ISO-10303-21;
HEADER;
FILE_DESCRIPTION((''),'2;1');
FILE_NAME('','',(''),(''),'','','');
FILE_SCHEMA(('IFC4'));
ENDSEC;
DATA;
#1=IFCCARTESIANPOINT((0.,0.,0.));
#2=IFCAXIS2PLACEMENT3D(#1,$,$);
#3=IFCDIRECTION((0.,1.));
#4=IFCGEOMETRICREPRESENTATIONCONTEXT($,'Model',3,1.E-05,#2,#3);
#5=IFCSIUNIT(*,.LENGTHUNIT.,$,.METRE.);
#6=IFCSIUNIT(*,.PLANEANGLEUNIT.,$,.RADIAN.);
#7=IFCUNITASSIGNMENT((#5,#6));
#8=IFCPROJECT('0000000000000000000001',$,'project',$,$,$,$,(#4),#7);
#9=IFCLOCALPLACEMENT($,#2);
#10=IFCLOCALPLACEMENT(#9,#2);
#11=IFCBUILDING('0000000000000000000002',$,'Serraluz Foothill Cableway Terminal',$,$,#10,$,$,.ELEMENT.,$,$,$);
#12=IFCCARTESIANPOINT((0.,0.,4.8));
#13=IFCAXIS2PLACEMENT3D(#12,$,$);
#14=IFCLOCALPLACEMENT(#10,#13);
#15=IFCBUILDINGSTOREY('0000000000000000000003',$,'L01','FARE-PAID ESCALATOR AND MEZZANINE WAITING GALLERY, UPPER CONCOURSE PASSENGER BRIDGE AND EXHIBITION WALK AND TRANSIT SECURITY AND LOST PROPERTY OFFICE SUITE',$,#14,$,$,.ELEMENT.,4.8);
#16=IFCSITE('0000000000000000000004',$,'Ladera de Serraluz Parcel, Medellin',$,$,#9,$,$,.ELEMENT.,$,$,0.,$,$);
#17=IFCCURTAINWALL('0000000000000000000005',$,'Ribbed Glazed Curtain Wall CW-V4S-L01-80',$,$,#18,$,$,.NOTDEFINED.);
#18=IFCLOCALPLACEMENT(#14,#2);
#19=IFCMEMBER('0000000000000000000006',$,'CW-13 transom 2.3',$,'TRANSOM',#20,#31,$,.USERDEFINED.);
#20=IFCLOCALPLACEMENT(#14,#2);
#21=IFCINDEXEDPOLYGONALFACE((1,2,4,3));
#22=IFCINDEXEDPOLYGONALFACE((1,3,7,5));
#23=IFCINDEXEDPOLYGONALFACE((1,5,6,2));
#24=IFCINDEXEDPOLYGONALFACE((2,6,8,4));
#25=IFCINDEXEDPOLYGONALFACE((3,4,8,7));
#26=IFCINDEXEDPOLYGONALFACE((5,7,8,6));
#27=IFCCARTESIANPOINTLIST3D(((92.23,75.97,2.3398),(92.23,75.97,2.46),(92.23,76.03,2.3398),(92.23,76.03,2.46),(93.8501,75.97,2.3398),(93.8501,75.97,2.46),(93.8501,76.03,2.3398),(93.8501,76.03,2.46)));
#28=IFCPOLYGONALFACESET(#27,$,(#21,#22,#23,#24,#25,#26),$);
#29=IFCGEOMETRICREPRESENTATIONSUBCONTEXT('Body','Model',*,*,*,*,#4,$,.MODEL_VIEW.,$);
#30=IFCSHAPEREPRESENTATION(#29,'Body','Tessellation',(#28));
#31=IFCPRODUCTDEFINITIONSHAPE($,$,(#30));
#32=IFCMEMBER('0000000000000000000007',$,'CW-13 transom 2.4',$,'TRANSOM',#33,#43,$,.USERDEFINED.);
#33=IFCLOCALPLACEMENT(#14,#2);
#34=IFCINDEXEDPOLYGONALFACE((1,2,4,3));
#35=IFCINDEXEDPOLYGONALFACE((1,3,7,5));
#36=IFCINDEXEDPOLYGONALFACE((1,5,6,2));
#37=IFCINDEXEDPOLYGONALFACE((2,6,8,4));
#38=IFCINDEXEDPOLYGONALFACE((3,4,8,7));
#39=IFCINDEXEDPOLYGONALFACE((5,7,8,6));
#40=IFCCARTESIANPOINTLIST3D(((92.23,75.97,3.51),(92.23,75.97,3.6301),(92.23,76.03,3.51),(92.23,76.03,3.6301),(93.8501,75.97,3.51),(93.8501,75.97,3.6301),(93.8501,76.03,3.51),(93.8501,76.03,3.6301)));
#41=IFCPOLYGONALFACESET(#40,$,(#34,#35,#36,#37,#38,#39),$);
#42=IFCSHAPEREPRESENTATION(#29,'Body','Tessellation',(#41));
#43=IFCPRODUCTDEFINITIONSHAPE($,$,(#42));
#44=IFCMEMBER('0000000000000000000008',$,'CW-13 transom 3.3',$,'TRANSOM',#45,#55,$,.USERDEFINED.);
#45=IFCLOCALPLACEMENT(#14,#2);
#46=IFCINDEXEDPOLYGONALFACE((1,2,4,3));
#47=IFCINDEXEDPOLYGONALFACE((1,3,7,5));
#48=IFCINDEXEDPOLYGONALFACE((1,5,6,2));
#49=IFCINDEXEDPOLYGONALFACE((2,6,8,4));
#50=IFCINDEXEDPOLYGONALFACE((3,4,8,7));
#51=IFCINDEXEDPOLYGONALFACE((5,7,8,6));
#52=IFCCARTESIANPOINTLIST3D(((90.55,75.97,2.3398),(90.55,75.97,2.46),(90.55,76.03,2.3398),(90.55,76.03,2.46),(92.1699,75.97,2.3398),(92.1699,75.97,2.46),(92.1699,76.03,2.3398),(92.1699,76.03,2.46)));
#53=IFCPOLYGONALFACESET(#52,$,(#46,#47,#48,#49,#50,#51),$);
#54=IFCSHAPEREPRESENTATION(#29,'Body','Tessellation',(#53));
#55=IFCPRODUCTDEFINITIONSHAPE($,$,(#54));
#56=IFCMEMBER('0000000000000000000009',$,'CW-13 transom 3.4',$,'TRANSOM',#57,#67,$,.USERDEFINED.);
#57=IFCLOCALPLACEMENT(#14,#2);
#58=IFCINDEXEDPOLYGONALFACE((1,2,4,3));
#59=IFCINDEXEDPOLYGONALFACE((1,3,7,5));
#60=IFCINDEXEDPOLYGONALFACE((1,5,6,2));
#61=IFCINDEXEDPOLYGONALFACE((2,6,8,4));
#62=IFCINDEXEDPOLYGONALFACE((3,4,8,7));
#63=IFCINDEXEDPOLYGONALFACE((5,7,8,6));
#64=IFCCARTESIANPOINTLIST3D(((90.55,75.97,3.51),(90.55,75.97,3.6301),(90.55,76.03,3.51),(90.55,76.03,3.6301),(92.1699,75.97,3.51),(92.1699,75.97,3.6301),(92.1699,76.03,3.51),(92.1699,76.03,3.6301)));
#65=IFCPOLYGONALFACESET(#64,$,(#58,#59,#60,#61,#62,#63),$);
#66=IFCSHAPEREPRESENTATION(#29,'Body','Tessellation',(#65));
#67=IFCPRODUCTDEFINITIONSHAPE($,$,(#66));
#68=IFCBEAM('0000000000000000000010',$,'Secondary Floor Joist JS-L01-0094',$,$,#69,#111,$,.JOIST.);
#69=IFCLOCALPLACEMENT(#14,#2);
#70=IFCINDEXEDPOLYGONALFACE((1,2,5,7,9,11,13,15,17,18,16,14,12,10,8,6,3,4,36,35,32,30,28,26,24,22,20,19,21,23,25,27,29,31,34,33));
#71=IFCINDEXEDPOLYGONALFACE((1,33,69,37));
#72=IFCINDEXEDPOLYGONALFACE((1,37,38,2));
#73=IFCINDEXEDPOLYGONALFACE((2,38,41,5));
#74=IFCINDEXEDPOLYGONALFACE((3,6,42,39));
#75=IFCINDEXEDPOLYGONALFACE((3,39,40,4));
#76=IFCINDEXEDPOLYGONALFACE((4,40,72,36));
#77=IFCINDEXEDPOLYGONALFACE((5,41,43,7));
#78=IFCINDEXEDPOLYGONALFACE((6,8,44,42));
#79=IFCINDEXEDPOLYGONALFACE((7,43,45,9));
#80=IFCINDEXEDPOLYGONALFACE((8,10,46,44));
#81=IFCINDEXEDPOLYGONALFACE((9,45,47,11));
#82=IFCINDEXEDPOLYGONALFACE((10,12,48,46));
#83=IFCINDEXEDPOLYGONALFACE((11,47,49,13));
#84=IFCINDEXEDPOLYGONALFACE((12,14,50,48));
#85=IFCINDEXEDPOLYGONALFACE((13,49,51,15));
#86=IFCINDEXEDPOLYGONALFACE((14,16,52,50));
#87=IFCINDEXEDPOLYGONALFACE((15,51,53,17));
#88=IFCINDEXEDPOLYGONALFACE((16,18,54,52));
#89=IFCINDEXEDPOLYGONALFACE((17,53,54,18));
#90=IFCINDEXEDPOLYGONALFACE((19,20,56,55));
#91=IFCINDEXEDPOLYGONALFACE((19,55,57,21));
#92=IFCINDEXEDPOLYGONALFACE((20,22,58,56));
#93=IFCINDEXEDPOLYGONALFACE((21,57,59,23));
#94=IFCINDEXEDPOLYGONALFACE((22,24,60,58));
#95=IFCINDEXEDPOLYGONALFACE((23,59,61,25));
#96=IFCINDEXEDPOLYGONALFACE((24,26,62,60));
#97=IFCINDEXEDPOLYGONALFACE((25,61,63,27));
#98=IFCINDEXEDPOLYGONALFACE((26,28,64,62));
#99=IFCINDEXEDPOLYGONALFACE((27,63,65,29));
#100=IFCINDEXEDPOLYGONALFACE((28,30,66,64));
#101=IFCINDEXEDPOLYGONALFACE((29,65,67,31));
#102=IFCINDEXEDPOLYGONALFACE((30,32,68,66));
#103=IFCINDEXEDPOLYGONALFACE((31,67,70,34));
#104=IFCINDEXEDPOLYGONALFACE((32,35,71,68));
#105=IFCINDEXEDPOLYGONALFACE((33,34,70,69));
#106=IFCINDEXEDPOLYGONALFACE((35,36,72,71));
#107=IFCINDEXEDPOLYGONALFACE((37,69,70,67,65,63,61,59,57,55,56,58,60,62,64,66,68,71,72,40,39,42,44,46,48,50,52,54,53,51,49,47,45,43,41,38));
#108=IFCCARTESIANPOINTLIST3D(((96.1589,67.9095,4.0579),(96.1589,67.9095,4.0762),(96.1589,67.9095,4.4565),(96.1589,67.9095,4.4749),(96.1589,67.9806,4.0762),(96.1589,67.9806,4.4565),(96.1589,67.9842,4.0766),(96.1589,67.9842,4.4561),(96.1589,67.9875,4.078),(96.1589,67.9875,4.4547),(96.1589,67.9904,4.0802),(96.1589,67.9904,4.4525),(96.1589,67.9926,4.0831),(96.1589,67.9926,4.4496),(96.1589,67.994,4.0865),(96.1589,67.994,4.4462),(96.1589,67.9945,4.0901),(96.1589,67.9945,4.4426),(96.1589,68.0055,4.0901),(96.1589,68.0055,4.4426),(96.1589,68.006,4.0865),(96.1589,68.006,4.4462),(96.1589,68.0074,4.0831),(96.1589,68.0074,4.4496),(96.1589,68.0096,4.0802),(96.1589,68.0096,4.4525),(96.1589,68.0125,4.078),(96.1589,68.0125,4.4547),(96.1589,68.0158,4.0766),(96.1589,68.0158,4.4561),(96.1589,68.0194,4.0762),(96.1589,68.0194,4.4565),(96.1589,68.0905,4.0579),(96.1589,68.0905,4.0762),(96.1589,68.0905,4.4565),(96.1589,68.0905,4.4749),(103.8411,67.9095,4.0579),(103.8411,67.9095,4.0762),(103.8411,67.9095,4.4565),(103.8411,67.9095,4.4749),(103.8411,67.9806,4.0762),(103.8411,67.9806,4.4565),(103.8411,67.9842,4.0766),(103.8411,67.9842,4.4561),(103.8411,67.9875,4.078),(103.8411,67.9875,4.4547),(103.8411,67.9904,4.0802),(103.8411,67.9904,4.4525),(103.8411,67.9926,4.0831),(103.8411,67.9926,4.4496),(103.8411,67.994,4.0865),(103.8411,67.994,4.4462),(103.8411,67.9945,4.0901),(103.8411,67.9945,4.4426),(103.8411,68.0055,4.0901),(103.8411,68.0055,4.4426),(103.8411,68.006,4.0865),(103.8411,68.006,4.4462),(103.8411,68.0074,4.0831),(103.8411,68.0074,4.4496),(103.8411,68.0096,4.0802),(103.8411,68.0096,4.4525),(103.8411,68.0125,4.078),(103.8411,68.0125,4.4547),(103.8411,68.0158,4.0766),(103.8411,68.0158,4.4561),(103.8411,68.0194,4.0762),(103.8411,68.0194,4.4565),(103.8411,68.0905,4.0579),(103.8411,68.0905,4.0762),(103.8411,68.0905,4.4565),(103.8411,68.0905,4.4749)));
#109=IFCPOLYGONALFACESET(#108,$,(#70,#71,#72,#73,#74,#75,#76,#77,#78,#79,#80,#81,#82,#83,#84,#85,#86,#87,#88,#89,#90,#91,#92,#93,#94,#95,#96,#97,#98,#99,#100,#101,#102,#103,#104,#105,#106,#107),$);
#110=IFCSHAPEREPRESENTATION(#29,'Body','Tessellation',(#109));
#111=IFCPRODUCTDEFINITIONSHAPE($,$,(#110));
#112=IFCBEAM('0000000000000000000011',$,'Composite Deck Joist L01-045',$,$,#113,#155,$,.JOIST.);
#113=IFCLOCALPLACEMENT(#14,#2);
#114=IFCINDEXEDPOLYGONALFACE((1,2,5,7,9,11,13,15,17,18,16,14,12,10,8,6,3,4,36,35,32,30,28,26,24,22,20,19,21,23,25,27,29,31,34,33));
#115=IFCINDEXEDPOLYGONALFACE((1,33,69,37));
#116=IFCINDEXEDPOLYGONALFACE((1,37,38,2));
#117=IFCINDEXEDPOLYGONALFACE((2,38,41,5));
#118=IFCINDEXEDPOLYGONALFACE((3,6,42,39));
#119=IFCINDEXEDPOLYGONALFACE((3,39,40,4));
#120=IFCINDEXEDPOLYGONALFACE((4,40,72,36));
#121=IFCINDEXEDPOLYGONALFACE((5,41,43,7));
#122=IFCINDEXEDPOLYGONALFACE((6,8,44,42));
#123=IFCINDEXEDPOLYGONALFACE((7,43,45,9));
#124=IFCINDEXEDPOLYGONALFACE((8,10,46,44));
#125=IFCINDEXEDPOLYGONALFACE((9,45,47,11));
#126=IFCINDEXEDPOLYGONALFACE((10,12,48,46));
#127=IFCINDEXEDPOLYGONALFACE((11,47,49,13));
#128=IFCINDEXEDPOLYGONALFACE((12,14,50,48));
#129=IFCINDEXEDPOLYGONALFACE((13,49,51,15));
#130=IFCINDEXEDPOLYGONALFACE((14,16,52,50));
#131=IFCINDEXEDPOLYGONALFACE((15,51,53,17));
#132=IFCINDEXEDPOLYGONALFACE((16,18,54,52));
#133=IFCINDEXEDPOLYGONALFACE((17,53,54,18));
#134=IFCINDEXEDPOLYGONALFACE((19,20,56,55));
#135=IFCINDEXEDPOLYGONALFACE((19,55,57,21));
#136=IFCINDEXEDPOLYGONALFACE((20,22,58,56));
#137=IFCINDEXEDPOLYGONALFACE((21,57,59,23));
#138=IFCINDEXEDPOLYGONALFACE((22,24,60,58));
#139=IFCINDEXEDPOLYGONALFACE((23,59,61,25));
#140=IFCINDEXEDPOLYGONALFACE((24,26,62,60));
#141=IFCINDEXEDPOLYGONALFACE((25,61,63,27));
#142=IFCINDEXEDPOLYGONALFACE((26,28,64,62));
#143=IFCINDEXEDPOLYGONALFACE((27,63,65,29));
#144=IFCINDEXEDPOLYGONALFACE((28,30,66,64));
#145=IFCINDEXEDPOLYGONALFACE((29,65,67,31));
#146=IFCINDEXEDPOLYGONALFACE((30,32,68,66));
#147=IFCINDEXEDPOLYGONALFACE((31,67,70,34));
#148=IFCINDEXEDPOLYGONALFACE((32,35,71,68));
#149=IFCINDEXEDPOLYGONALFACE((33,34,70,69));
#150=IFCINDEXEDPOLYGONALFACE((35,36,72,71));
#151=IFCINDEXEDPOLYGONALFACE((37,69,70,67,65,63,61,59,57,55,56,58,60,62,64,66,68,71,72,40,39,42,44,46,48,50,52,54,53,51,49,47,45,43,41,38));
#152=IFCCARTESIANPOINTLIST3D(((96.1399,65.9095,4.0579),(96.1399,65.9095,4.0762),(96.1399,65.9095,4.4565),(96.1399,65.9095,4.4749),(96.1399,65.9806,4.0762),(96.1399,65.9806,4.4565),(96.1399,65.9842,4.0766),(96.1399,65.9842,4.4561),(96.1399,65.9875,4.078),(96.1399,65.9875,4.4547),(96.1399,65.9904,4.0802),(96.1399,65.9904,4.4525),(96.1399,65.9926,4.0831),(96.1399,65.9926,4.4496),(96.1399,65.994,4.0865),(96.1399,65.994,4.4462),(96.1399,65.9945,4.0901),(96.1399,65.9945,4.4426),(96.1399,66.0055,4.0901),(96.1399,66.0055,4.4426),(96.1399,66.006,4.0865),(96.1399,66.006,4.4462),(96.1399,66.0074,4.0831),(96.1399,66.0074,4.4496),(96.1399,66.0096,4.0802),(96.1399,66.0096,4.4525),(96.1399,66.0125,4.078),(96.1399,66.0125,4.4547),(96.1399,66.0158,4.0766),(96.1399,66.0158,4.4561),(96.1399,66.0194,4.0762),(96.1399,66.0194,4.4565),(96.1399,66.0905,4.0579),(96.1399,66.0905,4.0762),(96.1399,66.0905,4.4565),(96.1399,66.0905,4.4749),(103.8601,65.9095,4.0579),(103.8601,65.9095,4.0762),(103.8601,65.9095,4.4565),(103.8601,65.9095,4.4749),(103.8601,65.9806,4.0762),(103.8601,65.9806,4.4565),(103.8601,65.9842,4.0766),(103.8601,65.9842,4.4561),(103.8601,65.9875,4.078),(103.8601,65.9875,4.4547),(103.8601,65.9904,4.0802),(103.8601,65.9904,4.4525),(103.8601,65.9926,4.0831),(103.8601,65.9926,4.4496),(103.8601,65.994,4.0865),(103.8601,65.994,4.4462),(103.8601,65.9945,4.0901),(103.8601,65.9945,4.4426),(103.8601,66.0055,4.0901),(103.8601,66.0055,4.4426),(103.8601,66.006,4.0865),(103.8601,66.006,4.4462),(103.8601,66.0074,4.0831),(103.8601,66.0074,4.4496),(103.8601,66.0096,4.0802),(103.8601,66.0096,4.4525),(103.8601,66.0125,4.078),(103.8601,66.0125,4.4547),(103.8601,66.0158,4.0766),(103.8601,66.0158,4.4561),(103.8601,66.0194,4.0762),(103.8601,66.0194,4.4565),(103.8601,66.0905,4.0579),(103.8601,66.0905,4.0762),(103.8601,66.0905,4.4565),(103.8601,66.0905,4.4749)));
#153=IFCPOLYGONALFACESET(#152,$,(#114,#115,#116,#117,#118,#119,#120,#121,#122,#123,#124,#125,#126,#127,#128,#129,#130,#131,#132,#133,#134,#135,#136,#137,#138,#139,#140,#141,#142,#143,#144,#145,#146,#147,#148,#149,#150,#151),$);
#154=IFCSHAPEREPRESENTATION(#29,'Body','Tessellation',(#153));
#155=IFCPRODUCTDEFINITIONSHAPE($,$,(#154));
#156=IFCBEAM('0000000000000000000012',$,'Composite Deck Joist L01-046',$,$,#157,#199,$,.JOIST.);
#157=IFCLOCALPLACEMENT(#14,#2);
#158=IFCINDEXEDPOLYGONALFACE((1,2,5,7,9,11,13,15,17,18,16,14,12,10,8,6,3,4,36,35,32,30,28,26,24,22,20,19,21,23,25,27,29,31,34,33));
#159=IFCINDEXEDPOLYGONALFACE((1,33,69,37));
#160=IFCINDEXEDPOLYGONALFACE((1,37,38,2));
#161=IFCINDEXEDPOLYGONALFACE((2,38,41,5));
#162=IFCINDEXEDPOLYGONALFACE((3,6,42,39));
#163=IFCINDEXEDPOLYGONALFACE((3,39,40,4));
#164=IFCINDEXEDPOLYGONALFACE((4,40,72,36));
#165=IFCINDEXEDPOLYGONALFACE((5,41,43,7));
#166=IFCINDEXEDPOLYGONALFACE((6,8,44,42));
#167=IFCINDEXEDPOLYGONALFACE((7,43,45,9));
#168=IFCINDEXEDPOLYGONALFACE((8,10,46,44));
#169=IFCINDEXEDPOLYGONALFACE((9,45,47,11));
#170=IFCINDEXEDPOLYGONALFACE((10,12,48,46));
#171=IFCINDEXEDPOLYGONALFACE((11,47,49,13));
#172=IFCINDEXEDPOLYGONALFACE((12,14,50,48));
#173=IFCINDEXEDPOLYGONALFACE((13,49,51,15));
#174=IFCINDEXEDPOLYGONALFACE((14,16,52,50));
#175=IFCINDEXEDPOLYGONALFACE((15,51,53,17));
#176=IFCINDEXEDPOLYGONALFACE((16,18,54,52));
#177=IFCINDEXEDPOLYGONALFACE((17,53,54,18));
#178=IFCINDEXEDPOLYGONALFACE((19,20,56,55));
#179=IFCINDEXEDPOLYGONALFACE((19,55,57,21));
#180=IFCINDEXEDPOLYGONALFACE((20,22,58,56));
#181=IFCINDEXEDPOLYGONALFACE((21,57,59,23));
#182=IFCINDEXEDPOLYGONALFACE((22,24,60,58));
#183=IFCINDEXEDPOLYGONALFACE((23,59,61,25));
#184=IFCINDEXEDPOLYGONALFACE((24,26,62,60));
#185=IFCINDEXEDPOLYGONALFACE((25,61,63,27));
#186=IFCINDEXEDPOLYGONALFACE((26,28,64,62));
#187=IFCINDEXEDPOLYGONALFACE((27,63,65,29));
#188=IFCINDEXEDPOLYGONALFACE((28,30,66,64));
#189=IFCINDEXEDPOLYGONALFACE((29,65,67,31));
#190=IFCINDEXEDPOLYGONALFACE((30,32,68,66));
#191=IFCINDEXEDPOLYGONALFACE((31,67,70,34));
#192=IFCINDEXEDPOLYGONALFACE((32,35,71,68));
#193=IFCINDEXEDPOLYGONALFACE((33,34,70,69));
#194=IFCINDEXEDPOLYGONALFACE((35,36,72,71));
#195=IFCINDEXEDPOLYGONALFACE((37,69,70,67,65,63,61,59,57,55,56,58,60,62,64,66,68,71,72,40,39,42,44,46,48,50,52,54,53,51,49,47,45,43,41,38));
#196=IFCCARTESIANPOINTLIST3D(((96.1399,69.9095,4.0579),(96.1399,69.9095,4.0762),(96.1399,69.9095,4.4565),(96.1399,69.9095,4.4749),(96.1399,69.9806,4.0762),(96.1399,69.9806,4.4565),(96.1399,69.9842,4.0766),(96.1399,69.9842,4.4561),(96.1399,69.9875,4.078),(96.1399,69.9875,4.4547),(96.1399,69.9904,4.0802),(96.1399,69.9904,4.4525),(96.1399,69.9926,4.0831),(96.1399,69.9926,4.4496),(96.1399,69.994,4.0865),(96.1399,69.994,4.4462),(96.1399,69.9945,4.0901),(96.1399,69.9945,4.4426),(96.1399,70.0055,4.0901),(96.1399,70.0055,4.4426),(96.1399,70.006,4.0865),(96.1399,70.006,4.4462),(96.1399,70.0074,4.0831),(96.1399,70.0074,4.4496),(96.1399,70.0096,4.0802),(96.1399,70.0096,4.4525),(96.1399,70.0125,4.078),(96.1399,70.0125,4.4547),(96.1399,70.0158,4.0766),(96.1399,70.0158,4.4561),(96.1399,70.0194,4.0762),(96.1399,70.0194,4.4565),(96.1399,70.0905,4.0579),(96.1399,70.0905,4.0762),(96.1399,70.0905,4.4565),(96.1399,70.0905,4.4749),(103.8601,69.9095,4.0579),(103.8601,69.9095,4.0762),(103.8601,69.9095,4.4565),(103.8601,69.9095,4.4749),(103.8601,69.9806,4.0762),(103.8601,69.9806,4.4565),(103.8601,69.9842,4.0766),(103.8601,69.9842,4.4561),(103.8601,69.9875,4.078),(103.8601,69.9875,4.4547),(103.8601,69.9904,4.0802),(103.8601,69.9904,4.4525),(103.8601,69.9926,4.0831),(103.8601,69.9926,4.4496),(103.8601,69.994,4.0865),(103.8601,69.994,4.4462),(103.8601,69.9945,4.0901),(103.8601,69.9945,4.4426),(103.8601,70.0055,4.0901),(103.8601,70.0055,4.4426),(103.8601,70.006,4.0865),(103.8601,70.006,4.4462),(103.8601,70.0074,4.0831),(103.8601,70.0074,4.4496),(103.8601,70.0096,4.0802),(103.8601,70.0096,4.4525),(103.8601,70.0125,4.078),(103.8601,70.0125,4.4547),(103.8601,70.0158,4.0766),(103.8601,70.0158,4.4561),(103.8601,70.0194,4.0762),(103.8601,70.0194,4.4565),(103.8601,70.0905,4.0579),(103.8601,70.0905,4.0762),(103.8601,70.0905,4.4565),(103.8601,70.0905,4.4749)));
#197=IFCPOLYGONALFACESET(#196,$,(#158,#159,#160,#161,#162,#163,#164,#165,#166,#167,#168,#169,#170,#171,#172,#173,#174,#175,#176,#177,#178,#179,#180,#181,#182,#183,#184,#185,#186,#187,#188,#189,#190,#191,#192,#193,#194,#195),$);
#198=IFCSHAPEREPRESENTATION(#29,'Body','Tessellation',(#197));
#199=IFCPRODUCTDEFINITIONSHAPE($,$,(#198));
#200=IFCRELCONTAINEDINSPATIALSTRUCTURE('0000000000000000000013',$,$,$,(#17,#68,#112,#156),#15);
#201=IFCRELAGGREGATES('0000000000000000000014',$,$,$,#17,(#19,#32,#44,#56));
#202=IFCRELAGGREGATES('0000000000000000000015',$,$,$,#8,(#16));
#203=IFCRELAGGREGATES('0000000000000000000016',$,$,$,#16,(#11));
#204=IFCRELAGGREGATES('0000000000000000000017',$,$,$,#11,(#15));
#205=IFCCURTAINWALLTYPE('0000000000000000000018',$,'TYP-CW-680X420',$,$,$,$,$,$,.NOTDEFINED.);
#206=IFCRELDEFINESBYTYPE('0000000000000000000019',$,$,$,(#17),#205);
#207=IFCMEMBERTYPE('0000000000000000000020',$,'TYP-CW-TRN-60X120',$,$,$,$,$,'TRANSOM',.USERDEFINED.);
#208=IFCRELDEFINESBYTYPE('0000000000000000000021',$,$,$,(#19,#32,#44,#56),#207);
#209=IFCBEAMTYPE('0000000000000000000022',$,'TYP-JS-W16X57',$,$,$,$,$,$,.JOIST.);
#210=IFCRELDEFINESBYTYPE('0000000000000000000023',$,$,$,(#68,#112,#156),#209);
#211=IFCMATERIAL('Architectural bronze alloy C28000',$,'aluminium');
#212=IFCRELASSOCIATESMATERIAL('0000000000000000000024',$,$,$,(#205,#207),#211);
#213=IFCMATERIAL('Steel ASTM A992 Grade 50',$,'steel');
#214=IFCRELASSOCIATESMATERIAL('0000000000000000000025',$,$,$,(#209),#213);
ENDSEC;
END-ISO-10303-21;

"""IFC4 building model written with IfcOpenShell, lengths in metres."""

from ifc_helpers import new_model, si_unit, direction, frame, origin, origin_2d, place, context, subcontext, project, spatial, rectangle, i_section, extrude, material, material_profile, profile_set, type_object, element, aggregate, save


model = new_model("IFC4")

# Units and contexts
model_context = context("Model", 3, precision=1e-05, world=origin(), true_north=direction((0.0, 1.0)))
body_context = subcontext(model_context, "Body", "Model", "MODEL_VIEW")
ifc_project = project(units=[si_unit("LENGTHUNIT", "METRE"), si_unit("PLANEANGLEUNIT", "RADIAN")], contexts=[model_context])

# Site, building, storey
site_placement = place(None, origin())
site = spatial("IfcSite", under=ifc_project, at=site_placement, Name="Ladera de Serraluz Parcel, Medellin", CompositionType="ELEMENT", RefElevation=0.0)
building_placement = place(site_placement, origin())
building = spatial("IfcBuilding", under=site, at=building_placement, Name="Serraluz Foothill Cableway Terminal", CompositionType="ELEMENT")
storey_placement = place(building_placement, frame((0.0, 0.0, 4.8)))
storey = spatial("IfcBuildingStorey", under=building, at=storey_placement, Name="L01", Description="FARE-PAID ESCALATOR AND MEZZANINE WAITING GALLERY, UPPER CONCOURSE PASSENGER BRIDGE AND EXHIBITION WALK AND TRANSIT SECURITY AND LOST PROPERTY OFFICE SUITE", CompositionType="ELEMENT", Elevation=4.8)

# Shared definitions
ifc_material_1 = material(Name="Architectural bronze alloy C28000", Category="aluminium")
curtain_wall_type = type_object("IfcCurtainWallType", Name="TYP-CW-680X420", PredefinedType="NOTDEFINED", material=ifc_material_1)

# Curtain wall
curtain_wall_1_placement = place(storey_placement, origin())
curtain_wall_1 = element("IfcCurtainWall", 1, at=curtain_wall_1_placement, inside=storey, type_object=curtain_wall_type, Name="Ribbed Glazed Curtain Wall CW-V4S-L01-80", PredefinedType="NOTDEFINED")

# Members
ifc_material_profile_1 = material_profile(ifc_material_1, rectangle(XDim=0.0601, YDim=0.1201, at=origin_2d()), Name="ALU TRANSOM 60x120")
ifc_profile_set_1 = profile_set([ifc_material_profile_1], Name="Architectural bronze alloy C28000")
member_type_1 = type_object("IfcMemberType", Name="TYP-CW-TRN-60X120", ElementType="TRANSOM", PredefinedType="USERDEFINED", material=ifc_profile_set_1)
member_1_placement = place(storey_placement, frame((93.8501, 76.0, 2.3999), z_axis=(-1.0, 0.0, 0.0), x_axis=(0.0, -1.0, 0.0)))
member_1 = element("IfcMember", 2, at=member_1_placement, type_object=member_type_1, Name="CW-13 transom 2.3", ObjectType="TRANSOM", PredefinedType="USERDEFINED", context=body_context, shape_type="SweptSolid", body=[
    extrude(rectangle(XDim=0.0601, YDim=0.1201, at=origin_2d()), origin(), (0.0, 0.0, 1.0), 1.6201),
])
member_2_placement = place(storey_placement, frame((93.8501, 76.0, 3.5701), z_axis=(-1.0, 0.0, 0.0), x_axis=(0.0, -1.0, 0.0)))
member_2 = element("IfcMember", 3, at=member_2_placement, type_object=member_type_1, Name="CW-13 transom 2.4", ObjectType="TRANSOM", PredefinedType="USERDEFINED", context=body_context, shape_type="SweptSolid", body=[
    extrude(rectangle(XDim=0.0601, YDim=0.1201, at=origin_2d()), origin(), (0.0, 0.0, 1.0), 1.6201),
])
member_3_placement = place(storey_placement, frame((92.1699, 76.0, 2.3999), z_axis=(-1.0, 0.0, 0.0), x_axis=(0.0, -1.0, 0.0)))
member_3 = element("IfcMember", 4, at=member_3_placement, type_object=member_type_1, Name="CW-13 transom 3.3", ObjectType="TRANSOM", PredefinedType="USERDEFINED", context=body_context, shape_type="SweptSolid", body=[
    extrude(rectangle(XDim=0.0601, YDim=0.1201, at=origin_2d()), origin(), (0.0, 0.0, 1.0), 1.6199),
])
member_4_placement = place(storey_placement, frame((92.1699, 76.0, 3.5701), z_axis=(-1.0, 0.0, 0.0), x_axis=(0.0, -1.0, 0.0)))
member_4 = element("IfcMember", 5, at=member_4_placement, type_object=member_type_1, Name="CW-13 transom 3.4", ObjectType="TRANSOM", PredefinedType="USERDEFINED", context=body_context, shape_type="SweptSolid", body=[
    extrude(rectangle(XDim=0.0601, YDim=0.1201, at=origin_2d()), origin(), (0.0, 0.0, 1.0), 1.6199),
])

# Beams
ifc_material_2 = material(Name="Steel ASTM A992 Grade 50", Category="steel")
ifc_material_profile_2 = material_profile(ifc_material_2, i_section(OverallWidth=0.1809, OverallDepth=0.417, WebThickness=0.011, FlangeThickness=0.0183, FilletRadius=0.0139, at=origin_2d()), Name="W16X57")
ifc_profile_set_2 = profile_set([ifc_material_profile_2], Name="Steel ASTM A992 Grade 50")
beam_type_1 = type_object("IfcBeamType", Name="TYP-JS-W16X57", PredefinedType="JOIST", material=ifc_profile_set_2)
beam_1_placement = place(storey_placement, frame((96.1589, 68.0, 4.2664), z_axis=(1.0, 0.0, 0.0), x_axis=(0.0, 1.0, 0.0)))
element("IfcBeam", 6, at=beam_1_placement, inside=storey, type_object=beam_type_1, Name="Secondary Floor Joist JS-L01-0094", PredefinedType="JOIST", context=body_context, shape_type="SweptSolid", body=[
    extrude(i_section(OverallWidth=0.1809, OverallDepth=0.417, WebThickness=0.011, FlangeThickness=0.0183, FilletRadius=0.0139, at=origin_2d()), origin(), (0.0, 0.0, 1.0), 7.6821),
])
for number, where, z_axis, x_axis, name in (
    (7, (96.1399, 66.0, 4.2664), (1.0, 0.0, 0.0), (0.0, 1.0, 0.0), "Composite Deck Joist L01-045"),
    (8, (96.1399, 70.0, 4.2664), (1.0, 0.0, 0.0), (0.0, 1.0, 0.0), "Composite Deck Joist L01-046"),
):
    element("IfcBeam", number, at=place(storey_placement, frame(where, z_axis=z_axis, x_axis=x_axis)), inside=storey, type_object=beam_type_1, Name=name, PredefinedType="JOIST", context=body_context, shape_type="SweptSolid", body=[
        extrude(i_section(OverallWidth=0.1809, OverallDepth=0.417, WebThickness=0.011, FlangeThickness=0.0183, FilletRadius=0.0139, at=origin_2d()), origin(), (0.0, 0.0, 1.0), 7.7202),
    ])

aggregate(curtain_wall_1, [member_1, member_2, member_3, member_4])

save(model, "model.ifc")
